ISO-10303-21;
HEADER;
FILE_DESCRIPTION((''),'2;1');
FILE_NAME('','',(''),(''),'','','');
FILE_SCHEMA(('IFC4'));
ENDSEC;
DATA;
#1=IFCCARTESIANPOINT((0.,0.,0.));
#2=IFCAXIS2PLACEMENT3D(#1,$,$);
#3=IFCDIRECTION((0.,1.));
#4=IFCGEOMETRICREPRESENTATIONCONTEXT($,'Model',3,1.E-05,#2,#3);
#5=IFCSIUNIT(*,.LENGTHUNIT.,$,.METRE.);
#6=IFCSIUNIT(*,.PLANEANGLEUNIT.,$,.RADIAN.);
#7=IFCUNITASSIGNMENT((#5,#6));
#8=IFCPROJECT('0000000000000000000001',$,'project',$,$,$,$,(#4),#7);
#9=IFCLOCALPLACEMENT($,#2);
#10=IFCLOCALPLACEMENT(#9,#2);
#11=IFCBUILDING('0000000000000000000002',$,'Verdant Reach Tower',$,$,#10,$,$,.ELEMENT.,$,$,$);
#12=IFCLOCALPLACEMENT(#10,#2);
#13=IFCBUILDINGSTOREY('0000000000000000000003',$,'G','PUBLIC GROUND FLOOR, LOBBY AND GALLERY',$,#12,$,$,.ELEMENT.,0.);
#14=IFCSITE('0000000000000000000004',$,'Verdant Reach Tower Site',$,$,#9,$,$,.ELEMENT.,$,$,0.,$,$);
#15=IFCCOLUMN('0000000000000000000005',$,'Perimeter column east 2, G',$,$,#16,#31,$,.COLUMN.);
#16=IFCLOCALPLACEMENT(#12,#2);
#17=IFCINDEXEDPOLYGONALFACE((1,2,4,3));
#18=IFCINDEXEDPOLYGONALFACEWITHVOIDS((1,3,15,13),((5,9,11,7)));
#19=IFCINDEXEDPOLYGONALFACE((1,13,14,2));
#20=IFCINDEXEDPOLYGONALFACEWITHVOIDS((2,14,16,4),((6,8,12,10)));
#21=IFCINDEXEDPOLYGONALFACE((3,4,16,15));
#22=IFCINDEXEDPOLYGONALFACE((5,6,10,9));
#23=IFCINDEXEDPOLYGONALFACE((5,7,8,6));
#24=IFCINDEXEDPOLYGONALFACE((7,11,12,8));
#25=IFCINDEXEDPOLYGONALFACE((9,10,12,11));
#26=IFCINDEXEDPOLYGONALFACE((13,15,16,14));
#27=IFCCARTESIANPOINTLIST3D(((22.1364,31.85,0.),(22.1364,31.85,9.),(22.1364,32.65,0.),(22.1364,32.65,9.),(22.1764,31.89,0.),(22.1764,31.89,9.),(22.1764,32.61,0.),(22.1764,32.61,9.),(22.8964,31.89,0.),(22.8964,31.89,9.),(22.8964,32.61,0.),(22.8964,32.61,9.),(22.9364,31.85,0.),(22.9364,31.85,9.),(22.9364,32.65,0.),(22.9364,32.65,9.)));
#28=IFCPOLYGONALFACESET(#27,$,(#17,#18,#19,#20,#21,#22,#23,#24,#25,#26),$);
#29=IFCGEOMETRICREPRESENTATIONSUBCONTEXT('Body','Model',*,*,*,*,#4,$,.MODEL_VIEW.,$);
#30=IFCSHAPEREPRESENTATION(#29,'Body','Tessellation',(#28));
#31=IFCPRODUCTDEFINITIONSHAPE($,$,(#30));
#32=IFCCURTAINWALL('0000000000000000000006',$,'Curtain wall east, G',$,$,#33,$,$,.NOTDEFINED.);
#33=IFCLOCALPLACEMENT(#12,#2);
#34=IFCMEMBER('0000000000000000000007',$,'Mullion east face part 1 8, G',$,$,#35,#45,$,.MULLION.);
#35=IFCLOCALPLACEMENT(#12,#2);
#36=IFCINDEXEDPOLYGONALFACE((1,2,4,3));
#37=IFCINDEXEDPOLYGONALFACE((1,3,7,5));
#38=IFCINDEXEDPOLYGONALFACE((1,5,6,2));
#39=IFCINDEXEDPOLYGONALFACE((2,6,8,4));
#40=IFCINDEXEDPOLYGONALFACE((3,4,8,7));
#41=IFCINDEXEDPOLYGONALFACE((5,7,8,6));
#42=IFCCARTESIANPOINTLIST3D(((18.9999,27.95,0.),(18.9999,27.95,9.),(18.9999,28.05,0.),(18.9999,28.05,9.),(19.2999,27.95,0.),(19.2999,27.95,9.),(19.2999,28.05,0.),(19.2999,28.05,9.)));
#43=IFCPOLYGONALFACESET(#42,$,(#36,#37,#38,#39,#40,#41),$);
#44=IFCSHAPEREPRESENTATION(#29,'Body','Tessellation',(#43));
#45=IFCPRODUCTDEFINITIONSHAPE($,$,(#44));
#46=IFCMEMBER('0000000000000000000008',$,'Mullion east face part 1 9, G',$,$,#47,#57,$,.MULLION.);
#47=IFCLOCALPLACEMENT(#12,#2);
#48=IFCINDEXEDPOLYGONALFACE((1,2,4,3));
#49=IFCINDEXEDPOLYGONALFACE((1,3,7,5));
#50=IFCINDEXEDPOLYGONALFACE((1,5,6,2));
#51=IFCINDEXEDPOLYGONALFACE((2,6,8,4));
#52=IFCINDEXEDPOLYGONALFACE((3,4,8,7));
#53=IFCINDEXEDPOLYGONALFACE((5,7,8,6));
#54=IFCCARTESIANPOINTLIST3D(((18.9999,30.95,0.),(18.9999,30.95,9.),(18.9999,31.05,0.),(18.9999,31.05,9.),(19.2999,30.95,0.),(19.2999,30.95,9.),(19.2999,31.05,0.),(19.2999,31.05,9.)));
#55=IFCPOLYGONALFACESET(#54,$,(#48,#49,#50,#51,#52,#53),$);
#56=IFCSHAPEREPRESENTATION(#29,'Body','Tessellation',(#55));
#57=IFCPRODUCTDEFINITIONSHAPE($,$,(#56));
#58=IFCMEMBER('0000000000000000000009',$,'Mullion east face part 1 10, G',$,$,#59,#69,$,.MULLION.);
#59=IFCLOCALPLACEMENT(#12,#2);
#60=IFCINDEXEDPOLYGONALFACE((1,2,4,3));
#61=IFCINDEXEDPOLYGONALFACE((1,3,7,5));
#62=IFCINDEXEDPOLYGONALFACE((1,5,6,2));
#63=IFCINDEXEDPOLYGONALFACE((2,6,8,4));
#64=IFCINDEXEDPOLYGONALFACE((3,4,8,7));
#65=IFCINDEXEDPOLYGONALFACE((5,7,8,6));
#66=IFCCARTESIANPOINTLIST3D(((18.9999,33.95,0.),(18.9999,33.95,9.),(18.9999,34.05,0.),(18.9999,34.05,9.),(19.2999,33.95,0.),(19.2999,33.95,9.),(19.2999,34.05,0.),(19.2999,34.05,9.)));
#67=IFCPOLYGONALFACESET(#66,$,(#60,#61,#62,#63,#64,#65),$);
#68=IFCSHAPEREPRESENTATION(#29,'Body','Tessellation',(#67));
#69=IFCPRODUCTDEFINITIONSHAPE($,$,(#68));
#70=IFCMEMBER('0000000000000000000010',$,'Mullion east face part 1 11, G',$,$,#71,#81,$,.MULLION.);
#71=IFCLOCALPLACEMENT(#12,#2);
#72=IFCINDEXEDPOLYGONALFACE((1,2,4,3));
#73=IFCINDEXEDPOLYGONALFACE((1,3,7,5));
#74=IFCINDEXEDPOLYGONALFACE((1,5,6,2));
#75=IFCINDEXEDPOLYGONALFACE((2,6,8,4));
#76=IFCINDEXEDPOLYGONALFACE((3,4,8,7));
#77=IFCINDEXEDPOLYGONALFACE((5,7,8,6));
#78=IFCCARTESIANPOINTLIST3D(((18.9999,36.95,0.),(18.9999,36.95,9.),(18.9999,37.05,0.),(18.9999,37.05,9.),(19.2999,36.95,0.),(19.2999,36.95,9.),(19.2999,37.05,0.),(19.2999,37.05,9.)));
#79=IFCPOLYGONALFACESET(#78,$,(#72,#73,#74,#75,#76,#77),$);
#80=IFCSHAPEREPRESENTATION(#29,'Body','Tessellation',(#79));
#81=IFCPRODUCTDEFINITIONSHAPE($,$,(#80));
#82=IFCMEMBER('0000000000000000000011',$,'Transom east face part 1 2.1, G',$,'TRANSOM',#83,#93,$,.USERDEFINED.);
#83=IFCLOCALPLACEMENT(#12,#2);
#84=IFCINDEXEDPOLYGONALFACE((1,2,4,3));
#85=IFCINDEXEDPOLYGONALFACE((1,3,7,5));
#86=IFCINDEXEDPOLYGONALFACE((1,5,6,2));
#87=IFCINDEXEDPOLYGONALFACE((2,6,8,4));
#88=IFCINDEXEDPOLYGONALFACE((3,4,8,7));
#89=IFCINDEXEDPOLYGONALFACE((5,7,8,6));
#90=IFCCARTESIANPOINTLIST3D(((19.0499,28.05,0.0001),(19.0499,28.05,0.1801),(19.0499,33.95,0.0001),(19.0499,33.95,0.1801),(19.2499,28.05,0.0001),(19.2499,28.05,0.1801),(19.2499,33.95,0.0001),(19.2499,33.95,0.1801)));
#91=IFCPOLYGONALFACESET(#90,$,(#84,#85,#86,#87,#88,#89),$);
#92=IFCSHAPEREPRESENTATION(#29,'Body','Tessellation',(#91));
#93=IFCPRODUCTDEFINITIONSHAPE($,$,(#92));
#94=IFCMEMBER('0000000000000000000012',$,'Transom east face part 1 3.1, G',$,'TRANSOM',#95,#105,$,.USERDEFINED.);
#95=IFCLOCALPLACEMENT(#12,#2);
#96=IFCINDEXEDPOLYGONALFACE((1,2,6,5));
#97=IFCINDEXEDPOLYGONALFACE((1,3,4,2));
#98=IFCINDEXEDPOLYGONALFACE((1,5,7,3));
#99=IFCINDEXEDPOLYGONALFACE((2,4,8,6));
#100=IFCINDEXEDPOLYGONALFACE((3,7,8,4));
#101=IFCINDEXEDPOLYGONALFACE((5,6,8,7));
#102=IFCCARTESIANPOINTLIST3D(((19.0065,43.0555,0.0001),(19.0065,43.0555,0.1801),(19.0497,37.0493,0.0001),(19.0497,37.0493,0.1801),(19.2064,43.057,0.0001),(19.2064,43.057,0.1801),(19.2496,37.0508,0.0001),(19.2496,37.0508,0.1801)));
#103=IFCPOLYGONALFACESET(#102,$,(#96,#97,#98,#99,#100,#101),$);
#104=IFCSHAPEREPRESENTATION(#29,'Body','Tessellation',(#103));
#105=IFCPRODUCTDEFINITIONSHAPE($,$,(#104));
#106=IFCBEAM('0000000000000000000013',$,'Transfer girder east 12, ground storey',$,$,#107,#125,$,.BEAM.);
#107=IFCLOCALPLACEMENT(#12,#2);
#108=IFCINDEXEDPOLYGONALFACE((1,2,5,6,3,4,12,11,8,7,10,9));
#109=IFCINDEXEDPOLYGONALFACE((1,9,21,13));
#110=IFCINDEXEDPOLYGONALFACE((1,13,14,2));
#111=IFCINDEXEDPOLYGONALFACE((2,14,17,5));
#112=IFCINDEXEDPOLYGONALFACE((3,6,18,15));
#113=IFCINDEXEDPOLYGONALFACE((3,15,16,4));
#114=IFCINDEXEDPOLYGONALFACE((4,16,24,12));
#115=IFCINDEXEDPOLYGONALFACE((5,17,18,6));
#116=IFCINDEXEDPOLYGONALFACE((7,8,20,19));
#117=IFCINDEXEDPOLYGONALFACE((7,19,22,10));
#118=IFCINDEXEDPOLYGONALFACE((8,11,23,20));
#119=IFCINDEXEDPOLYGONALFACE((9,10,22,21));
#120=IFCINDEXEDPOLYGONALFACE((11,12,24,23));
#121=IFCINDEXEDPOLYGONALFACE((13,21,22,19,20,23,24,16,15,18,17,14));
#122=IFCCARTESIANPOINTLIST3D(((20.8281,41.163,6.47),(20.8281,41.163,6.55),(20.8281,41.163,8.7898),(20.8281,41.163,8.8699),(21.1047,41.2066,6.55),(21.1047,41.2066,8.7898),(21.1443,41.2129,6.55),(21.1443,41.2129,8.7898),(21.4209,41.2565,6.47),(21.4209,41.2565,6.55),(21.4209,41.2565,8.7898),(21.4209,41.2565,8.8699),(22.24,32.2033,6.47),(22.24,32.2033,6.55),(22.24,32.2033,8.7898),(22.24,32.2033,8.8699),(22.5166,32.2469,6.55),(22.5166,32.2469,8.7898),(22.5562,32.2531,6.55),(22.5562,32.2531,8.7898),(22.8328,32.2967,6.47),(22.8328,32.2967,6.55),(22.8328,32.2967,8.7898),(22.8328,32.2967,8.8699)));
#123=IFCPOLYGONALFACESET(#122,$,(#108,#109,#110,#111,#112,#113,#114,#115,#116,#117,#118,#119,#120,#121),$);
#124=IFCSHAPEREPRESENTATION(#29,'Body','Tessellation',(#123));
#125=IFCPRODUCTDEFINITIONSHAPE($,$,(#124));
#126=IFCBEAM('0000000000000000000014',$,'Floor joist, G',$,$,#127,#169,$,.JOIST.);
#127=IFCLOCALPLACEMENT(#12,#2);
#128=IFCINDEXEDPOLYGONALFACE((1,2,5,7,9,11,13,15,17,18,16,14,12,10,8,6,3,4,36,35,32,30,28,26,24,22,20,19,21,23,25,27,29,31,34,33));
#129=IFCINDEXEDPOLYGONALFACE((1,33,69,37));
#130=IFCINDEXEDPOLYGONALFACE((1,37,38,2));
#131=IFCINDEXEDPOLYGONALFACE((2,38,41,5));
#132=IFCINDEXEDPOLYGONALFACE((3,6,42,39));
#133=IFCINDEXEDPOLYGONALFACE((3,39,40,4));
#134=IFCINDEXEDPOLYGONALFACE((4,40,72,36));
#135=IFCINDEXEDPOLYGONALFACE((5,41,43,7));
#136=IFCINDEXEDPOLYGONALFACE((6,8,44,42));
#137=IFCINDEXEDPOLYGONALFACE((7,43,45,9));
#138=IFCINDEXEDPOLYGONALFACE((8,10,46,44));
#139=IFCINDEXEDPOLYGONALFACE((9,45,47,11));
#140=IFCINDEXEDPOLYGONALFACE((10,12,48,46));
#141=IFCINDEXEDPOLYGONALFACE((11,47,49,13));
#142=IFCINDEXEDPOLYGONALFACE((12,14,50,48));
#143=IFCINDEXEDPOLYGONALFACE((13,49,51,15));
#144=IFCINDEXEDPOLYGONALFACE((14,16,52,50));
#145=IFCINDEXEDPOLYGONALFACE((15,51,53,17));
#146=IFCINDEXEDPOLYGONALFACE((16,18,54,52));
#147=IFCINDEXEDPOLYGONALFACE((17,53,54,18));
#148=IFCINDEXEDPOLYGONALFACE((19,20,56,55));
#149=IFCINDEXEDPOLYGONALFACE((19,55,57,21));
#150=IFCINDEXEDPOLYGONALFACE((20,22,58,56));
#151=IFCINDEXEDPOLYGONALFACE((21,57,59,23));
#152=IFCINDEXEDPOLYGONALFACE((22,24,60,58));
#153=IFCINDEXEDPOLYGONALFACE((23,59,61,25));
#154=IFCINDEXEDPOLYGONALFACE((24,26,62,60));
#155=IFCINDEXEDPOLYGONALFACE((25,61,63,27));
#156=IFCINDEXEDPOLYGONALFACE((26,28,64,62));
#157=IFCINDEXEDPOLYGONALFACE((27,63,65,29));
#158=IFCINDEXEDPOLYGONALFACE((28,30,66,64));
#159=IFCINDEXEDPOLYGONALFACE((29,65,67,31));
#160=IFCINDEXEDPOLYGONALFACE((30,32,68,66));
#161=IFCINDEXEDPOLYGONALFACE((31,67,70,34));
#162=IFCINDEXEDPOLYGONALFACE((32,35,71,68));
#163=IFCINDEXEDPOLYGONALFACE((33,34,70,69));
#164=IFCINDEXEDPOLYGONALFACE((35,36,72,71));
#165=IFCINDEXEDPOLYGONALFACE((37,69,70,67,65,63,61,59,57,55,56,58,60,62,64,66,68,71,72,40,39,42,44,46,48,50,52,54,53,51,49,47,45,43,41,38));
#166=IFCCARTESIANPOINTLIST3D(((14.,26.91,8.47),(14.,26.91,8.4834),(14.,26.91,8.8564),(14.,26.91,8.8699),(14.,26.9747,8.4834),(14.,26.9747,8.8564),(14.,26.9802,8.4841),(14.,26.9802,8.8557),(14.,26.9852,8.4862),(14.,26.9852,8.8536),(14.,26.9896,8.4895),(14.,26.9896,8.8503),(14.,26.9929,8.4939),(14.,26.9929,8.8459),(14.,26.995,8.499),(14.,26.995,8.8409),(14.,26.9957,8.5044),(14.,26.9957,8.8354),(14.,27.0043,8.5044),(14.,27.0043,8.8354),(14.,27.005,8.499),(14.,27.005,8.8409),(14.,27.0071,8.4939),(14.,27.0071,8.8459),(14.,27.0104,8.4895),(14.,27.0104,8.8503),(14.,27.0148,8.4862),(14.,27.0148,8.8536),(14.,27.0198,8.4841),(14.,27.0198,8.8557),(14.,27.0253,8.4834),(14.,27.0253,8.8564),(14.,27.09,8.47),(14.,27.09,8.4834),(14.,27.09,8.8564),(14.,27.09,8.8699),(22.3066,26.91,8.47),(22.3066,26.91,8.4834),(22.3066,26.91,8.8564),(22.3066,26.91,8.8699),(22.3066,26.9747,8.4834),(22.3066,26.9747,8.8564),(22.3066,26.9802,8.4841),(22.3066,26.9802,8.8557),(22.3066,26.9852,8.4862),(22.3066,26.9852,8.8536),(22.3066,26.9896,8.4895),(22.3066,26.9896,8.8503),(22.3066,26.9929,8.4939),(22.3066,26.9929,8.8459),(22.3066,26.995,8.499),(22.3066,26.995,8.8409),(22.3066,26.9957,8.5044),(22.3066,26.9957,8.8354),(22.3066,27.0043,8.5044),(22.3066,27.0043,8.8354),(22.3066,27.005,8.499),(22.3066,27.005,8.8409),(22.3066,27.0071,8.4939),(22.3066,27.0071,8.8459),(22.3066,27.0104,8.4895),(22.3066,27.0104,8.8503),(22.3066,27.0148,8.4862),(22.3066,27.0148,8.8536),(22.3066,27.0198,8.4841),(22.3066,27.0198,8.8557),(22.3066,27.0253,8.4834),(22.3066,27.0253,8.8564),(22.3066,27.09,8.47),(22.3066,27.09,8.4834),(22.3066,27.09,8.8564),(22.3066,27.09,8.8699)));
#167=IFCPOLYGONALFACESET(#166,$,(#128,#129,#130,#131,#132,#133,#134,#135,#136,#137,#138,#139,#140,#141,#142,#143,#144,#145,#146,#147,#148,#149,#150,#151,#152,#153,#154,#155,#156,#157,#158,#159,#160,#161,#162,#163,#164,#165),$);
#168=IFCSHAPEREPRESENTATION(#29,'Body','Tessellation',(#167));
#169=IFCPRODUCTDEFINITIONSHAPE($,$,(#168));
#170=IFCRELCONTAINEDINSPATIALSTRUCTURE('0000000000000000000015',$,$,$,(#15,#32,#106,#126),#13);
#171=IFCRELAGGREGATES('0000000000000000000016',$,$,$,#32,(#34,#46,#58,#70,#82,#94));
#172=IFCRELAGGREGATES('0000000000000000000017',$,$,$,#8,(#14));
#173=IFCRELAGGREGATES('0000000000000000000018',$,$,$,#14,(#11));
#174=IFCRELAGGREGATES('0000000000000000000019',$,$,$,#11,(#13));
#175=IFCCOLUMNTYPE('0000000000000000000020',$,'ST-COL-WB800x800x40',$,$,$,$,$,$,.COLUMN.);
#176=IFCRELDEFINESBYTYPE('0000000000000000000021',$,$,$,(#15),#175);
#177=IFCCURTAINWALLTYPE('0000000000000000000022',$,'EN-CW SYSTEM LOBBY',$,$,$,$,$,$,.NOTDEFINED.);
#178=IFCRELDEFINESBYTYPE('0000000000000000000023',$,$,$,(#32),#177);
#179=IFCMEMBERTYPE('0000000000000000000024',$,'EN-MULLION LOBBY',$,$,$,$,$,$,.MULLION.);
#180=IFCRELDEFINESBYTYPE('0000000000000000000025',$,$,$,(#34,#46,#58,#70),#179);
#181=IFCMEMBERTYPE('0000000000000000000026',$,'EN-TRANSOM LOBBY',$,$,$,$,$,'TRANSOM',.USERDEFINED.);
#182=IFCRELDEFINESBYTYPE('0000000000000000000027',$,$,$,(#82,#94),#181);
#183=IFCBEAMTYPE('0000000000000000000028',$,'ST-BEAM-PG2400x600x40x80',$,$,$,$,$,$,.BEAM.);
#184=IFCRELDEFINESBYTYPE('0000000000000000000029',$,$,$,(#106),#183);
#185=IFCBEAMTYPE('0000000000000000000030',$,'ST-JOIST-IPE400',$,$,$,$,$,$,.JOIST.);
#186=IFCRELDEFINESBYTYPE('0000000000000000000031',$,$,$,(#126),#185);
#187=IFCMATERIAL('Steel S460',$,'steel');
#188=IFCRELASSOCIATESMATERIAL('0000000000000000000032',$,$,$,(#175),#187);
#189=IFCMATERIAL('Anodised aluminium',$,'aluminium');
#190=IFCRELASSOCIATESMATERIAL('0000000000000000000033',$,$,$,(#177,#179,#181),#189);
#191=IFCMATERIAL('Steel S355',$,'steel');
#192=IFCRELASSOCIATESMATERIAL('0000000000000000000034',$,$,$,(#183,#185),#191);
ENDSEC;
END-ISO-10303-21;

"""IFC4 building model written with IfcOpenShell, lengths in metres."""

from ifc_helpers import new_model, si_unit, direction, frame, origin, origin_2d, place, context, subcontext, project, spatial, rectangle, hollow_rectangle, i_section, extrude, material, material_profile, profile_set, type_object, element, aggregate, save


model = new_model("IFC4")

# Units and contexts
model_context = context("Model", 3, precision=1e-05, world=origin(), true_north=direction((0.0, 1.0)))
body_context = subcontext(model_context, "Body", "Model", "MODEL_VIEW")
ifc_project = project(units=[si_unit("LENGTHUNIT", "METRE"), si_unit("PLANEANGLEUNIT", "RADIAN")], contexts=[model_context])

# Site, building, storey
site_placement = place(None, origin())
site = spatial("IfcSite", under=ifc_project, at=site_placement, Name="Verdant Reach Tower Site", CompositionType="ELEMENT", RefElevation=0.0)
building_placement = place(site_placement, origin())
building = spatial("IfcBuilding", under=site, at=building_placement, Name="Verdant Reach Tower", CompositionType="ELEMENT")
storey_placement = place(building_placement, origin())
storey = spatial("IfcBuildingStorey", under=building, at=storey_placement, Name="G", Description="PUBLIC GROUND FLOOR, LOBBY AND GALLERY", CompositionType="ELEMENT", Elevation=0.0)

# Column
ifc_material_1 = material(Name="Steel S460", Category="steel")
ifc_material_profile_1 = material_profile(ifc_material_1, hollow_rectangle(XDim=0.8, YDim=0.8, WallThickness=0.04, at=origin_2d()), Name="WB 800x800x40")
ifc_profile_set_1 = profile_set([ifc_material_profile_1], Name="Steel S460")
column_type = type_object("IfcColumnType", Name="ST-COL-WB800x800x40", PredefinedType="COLUMN", material=ifc_profile_set_1)
column_placement = place(storey_placement, frame((22.5364, 32.25, 0.0), z_axis=(0.0, 0.0, 1.0), x_axis=(1.0, 0.0, 0.0)))
element("IfcColumn", 1, at=column_placement, inside=storey, type_object=column_type, Name="Perimeter column east 2, G", PredefinedType="COLUMN", context=body_context, shape_type="SweptSolid", body=[
    extrude(hollow_rectangle(XDim=0.8, YDim=0.8, WallThickness=0.04, at=origin_2d()), origin(), (0.0, 0.0, 1.0), 9.0),
])

# Curtain wall, members
ifc_material_2 = material(Name="Anodised aluminium", Category="aluminium")
curtain_wall_type = type_object("IfcCurtainWallType", Name="EN-CW SYSTEM LOBBY", PredefinedType="NOTDEFINED", material=ifc_material_2)
curtain_wall_placement = place(storey_placement, origin())
curtain_wall = element("IfcCurtainWall", 2, at=curtain_wall_placement, inside=storey, type_object=curtain_wall_type, Name="Curtain wall east, G", PredefinedType="NOTDEFINED")
ifc_material_profile_2 = material_profile(ifc_material_2, rectangle(XDim=0.3, YDim=0.1001, at=origin_2d()), Name="Mullion 100x300")
ifc_profile_set_2 = profile_set([ifc_material_profile_2], Name="Anodised aluminium")
member_type_1 = type_object("IfcMemberType", Name="EN-MULLION LOBBY", PredefinedType="MULLION", material=ifc_profile_set_2)
member_1_placement = place(storey_placement, frame((19.1499, 28.0, 0.0), z_axis=(0.0, 0.0, 1.0), x_axis=(1.0, 0.0, 0.0)))
member_1 = element("IfcMember", 3, at=member_1_placement, type_object=member_type_1, Name="Mullion east face part 1 8, G", PredefinedType="MULLION", context=body_context, shape_type="SweptSolid", body=[
    extrude(rectangle(XDim=0.3, YDim=0.1001, at=origin_2d()), origin(), (0.0, 0.0, 1.0), 9.0),
])
member_2_placement = place(storey_placement, frame((19.1499, 31.0, 0.0), z_axis=(0.0, 0.0, 1.0), x_axis=(1.0, 0.0, 0.0)))
member_2 = element("IfcMember", 4, at=member_2_placement, type_object=member_type_1, Name="Mullion east face part 1 9, G", PredefinedType="MULLION", context=body_context, shape_type="SweptSolid", body=[
    extrude(rectangle(XDim=0.3, YDim=0.1001, at=origin_2d()), origin(), (0.0, 0.0, 1.0), 9.0),
])
member_3_placement = place(storey_placement, frame((19.1499, 34.0, 0.0), z_axis=(0.0, 0.0, 1.0), x_axis=(1.0, 0.0, 0.0)))
member_3 = element("IfcMember", 5, at=member_3_placement, type_object=member_type_1, Name="Mullion east face part 1 10, G", PredefinedType="MULLION", context=body_context, shape_type="SweptSolid", body=[
    extrude(rectangle(XDim=0.3, YDim=0.1001, at=origin_2d()), origin(), (0.0, 0.0, 1.0), 9.0),
])
member_4_placement = place(storey_placement, frame((19.1499, 37.0, 0.0), z_axis=(0.0, 0.0, 1.0), x_axis=(1.0, 0.0, 0.0)))
member_4 = element("IfcMember", 6, at=member_4_placement, type_object=member_type_1, Name="Mullion east face part 1 11, G", PredefinedType="MULLION", context=body_context, shape_type="SweptSolid", body=[
    extrude(rectangle(XDim=0.3, YDim=0.1001, at=origin_2d()), origin(), (0.0, 0.0, 1.0), 9.0),
])
ifc_material_profile_3 = material_profile(ifc_material_2, rectangle(XDim=0.2, YDim=0.1799, at=origin_2d()), Name="Transom 180x200")
ifc_profile_set_3 = profile_set([ifc_material_profile_3], Name="Anodised aluminium")
member_type_2 = type_object("IfcMemberType", Name="EN-TRANSOM LOBBY", ElementType="TRANSOM", PredefinedType="USERDEFINED", material=ifc_profile_set_3)
member_5_placement = place(storey_placement, frame((19.1499, 28.05, 0.0901), z_axis=(0.0, 1.0, 0.0), x_axis=(-1.0, 0.0, 0.0)))
member_5 = element("IfcMember", 7, at=member_5_placement, type_object=member_type_2, Name="Transom east face part 1 2.1, G", ObjectType="TRANSOM", PredefinedType="USERDEFINED", context=body_context, shape_type="SweptSolid", body=[
    extrude(rectangle(XDim=0.2, YDim=0.1799, at=origin_2d()), origin(), (0.0, 0.0, 1.0), 5.8999),
])
member_6_placement = place(storey_placement, frame((19.1497, 37.05, 0.0901), z_axis=(-0.007195, 0.999974, 0.0), x_axis=(-0.999974, -0.007195, 0.0)))
member_6 = element("IfcMember", 8, at=member_6_placement, type_object=member_type_2, Name="Transom east face part 1 3.1, G", ObjectType="TRANSOM", PredefinedType="USERDEFINED", context=body_context, shape_type="SweptSolid", body=[
    extrude(rectangle(XDim=0.2, YDim=0.1799, at=origin_2d()), origin(), (0.0, 0.0, 1.0), 6.0063),
])

# Beams
ifc_material_3 = material(Name="Steel S355", Category="steel")
ifc_material_profile_4 = material_profile(ifc_material_3, i_section(OverallWidth=0.6001, OverallDepth=2.3999, WebThickness=0.04, FlangeThickness=0.0801, at=origin_2d()), Name="PG 2400x600x40x80")
ifc_profile_set_4 = profile_set([ifc_material_profile_4], Name="Steel S355")
beam_type_1 = type_object("IfcBeamType", Name="ST-BEAM-PG2400x600x40x80", PredefinedType="BEAM", material=ifc_profile_set_4)
beam_1_placement = place(storey_placement, frame((22.5364, 32.25, 7.6699), z_axis=(-0.155658, 0.987811, 0.0), x_axis=(-0.987811, -0.155658, 0.0)))
element("IfcBeam", 9, at=beam_1_placement, inside=storey, type_object=beam_type_1, Name="Transfer girder east 12, ground storey", PredefinedType="BEAM", context=body_context, shape_type="SweptSolid", body=[
    extrude(i_section(OverallWidth=0.6001, OverallDepth=2.3999, WebThickness=0.04, FlangeThickness=0.0801, at=origin_2d()), origin(), (0.0, 0.0, 1.0), 9.0703),
])
ifc_material_profile_5 = material_profile(ifc_material_3, i_section(OverallWidth=0.1799, OverallDepth=0.3999, WebThickness=0.0085, FlangeThickness=0.0134, FilletRadius=0.021, at=origin_2d()), Name="IPE 400")
ifc_profile_set_5 = profile_set([ifc_material_profile_5], Name="Steel S355")
beam_type_2 = type_object("IfcBeamType", Name="ST-JOIST-IPE400", PredefinedType="JOIST", material=ifc_profile_set_5)
beam_2_placement = place(storey_placement, frame((14.0, 27.0, 8.6699), z_axis=(1.0, 0.0, 0.0), x_axis=(0.0, 1.0, 0.0)))
element("IfcBeam", 10, at=beam_2_placement, inside=storey, type_object=beam_type_2, Name="Floor joist, G", PredefinedType="JOIST", context=body_context, shape_type="SweptSolid", body=[
    extrude(i_section(OverallWidth=0.1799, OverallDepth=0.3999, WebThickness=0.0085, FlangeThickness=0.0134, FilletRadius=0.021, at=origin_2d()), origin(), (0.0, 0.0, 1.0), 8.3066),
])

aggregate(curtain_wall, [member_1, member_2, member_3, member_4, member_5, member_6])

save(model, "model.ifc")
